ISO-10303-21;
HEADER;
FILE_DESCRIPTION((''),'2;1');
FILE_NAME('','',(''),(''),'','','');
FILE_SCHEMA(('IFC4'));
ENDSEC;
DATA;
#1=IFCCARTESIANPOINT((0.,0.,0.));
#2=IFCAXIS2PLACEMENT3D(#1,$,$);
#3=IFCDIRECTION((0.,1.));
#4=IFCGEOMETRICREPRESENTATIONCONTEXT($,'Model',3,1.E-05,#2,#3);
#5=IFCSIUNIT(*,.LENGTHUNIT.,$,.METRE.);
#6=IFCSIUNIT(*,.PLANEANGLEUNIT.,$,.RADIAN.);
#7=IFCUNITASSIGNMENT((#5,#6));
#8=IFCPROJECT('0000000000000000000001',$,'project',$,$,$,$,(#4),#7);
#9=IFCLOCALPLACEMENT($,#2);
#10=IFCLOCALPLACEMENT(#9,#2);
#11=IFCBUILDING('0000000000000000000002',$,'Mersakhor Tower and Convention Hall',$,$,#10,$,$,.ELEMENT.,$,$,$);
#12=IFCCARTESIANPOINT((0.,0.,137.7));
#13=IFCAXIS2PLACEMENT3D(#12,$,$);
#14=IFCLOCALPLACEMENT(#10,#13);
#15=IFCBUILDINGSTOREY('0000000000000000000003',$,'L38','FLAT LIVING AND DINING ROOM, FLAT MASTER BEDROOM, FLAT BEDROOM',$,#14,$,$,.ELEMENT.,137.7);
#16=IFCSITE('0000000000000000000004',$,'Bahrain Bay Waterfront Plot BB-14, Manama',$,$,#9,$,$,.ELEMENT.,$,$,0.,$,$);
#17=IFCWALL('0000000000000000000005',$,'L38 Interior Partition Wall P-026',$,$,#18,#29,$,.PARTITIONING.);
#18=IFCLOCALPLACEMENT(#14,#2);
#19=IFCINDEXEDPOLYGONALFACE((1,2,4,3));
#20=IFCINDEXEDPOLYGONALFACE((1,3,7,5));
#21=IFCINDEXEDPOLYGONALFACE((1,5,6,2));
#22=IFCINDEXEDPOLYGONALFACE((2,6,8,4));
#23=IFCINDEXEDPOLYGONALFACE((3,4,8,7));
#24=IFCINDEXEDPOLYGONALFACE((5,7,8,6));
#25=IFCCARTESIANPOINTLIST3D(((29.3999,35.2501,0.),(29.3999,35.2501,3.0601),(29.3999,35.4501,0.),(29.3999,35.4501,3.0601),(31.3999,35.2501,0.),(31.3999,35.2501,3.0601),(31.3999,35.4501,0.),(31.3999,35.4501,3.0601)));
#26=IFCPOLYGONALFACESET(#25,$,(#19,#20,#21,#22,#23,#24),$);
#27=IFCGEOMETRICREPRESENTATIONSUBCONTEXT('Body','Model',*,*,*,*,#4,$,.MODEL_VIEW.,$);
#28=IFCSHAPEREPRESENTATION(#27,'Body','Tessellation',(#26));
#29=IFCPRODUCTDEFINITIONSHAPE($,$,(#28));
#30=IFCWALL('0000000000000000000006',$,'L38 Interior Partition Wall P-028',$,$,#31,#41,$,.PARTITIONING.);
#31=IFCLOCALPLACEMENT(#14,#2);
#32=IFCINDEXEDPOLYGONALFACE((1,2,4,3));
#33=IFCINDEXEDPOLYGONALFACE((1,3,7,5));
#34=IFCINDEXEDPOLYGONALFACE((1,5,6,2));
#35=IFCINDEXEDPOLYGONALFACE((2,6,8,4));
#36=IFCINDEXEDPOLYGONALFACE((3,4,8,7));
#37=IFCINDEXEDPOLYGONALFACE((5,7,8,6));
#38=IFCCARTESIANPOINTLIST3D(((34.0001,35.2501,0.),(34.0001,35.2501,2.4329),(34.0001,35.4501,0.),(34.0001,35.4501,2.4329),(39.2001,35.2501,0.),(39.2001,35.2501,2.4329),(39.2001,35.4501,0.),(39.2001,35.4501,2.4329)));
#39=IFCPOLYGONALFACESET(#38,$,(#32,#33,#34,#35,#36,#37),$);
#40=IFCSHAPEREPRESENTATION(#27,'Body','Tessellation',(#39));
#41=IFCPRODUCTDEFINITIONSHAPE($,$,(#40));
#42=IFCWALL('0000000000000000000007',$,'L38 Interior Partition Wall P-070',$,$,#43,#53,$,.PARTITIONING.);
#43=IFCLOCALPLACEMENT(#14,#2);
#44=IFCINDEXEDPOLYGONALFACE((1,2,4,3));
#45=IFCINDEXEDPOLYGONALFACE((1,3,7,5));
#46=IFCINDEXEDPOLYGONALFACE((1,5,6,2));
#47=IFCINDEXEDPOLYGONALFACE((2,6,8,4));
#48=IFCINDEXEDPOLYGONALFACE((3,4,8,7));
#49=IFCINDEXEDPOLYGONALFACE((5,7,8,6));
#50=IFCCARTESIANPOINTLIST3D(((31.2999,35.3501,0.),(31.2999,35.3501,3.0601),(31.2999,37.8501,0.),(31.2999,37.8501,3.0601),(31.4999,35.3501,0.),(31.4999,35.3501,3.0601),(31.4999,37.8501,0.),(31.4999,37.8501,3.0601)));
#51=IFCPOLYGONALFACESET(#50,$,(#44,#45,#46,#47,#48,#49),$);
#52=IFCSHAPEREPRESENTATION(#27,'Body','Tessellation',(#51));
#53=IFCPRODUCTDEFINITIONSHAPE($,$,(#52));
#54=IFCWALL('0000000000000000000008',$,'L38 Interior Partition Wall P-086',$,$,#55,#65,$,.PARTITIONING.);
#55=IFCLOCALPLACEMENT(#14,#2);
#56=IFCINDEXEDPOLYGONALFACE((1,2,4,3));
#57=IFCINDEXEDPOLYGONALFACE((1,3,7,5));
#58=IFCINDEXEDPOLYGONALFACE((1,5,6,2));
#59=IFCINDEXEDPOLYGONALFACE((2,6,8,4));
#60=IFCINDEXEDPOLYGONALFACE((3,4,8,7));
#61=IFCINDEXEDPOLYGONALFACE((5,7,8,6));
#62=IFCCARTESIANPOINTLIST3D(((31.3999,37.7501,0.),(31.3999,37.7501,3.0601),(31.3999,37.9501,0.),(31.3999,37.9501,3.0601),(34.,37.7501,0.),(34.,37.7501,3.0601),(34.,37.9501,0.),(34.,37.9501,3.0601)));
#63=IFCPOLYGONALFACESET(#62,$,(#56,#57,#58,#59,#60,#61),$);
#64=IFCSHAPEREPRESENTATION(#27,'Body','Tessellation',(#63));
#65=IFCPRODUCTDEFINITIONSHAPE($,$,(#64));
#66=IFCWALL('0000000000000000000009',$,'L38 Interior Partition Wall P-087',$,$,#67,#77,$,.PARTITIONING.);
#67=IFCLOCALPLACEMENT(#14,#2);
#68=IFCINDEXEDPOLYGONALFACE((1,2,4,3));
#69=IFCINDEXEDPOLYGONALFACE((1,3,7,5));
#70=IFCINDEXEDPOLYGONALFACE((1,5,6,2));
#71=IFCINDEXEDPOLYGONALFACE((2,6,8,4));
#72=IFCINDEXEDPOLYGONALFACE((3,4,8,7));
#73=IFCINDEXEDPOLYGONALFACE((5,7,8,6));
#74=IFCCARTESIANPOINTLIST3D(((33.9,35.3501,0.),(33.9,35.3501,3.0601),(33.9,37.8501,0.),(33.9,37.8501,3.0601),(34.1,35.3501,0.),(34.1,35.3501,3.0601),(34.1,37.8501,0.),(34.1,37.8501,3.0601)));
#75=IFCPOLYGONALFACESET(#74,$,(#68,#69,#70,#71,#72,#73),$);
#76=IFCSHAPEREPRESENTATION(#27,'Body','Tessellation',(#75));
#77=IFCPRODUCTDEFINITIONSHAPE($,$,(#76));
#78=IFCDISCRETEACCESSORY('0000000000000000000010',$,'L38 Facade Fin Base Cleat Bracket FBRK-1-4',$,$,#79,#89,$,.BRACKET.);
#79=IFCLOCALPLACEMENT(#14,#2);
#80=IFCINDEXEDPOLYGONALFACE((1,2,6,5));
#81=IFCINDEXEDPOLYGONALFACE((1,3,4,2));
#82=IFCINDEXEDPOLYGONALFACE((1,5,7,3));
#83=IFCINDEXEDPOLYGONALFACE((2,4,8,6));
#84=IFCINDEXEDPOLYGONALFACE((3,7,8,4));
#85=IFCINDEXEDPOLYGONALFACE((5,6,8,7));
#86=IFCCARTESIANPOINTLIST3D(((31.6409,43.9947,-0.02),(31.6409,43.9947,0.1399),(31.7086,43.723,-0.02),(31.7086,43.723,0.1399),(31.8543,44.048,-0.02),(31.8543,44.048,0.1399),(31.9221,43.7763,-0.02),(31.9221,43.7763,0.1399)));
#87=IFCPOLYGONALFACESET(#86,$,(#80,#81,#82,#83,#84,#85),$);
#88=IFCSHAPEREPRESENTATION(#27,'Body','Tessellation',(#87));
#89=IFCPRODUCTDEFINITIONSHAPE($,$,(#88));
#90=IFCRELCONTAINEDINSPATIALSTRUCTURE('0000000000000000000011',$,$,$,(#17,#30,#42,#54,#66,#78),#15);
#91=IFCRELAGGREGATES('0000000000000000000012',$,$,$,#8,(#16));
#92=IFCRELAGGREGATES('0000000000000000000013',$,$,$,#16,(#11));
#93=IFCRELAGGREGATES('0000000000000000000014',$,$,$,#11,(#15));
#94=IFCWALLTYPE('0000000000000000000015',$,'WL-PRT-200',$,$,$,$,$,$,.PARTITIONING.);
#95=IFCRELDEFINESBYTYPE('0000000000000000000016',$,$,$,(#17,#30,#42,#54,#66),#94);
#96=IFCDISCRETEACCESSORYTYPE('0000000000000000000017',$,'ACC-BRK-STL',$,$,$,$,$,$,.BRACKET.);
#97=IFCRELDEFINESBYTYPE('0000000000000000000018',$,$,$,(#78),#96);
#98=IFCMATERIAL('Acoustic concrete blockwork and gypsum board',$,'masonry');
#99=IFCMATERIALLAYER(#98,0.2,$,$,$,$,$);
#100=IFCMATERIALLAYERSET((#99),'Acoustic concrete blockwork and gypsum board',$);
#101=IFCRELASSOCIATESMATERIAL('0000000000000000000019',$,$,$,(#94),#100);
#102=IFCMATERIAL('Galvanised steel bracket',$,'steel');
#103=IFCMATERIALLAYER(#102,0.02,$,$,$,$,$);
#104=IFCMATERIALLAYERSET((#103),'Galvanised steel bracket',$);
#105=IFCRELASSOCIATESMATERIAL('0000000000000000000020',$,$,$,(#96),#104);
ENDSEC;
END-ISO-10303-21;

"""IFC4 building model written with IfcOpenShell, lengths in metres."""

from ifc_helpers import new_model, si_unit, direction, frame, frame_2d, origin, origin_2d, place, context, subcontext, project, spatial, rectangle, extrude, material, layer, layer_set, type_object, element, save


model = new_model("IFC4")

# Units and contexts
model_context = context("Model", 3, precision=1e-05, world=origin(), true_north=direction((0.0, 1.0)))
body_context = subcontext(model_context, "Body", "Model", "MODEL_VIEW")
ifc_project = project(units=[si_unit("LENGTHUNIT", "METRE"), si_unit("PLANEANGLEUNIT", "RADIAN")], contexts=[model_context])

# Site, building, storey
site_placement = place(None, origin())
site = spatial("IfcSite", under=ifc_project, at=site_placement, Name="Bahrain Bay Waterfront Plot BB-14, Manama", CompositionType="ELEMENT", RefElevation=0.0)
building_placement = place(site_placement, origin())
building = spatial("IfcBuilding", under=site, at=building_placement, Name="Mersakhor Tower and Convention Hall", CompositionType="ELEMENT")
storey_placement = place(building_placement, frame((0.0, 0.0, 137.7)))
storey = spatial("IfcBuildingStorey", under=building, at=storey_placement, Name="L38", Description="FLAT LIVING AND DINING ROOM, FLAT MASTER BEDROOM, FLAT BEDROOM", CompositionType="ELEMENT", Elevation=137.7)

# Wall
ifc_material_1 = material(Name="Acoustic concrete blockwork and gypsum board", Category="masonry")
ifc_layer_1 = layer(ifc_material_1, 0.2)
ifc_layer_set_1 = layer_set([ifc_layer_1], Name="Acoustic concrete blockwork and gypsum board")
wall_type_1 = type_object("IfcWallType", Name="WL-PRT-200", PredefinedType="PARTITIONING", material=ifc_layer_set_1)
wall_1_placement = place(storey_placement, frame((29.3999, 35.3501, 0.0), z_axis=(0.0, 0.0, 1.0), x_axis=(1.0, 0.0, 0.0)))
element("IfcWall", 1, at=wall_1_placement, inside=storey, type_object=wall_type_1, Name="L38 Interior Partition Wall P-026", PredefinedType="PARTITIONING", context=body_context, shape_type="SweptSolid", body=[
    extrude(rectangle(XDim=2.0, YDim=0.2, at=frame_2d((1.0, 0.0))), origin(), (0.0, 0.0, 1.0), 3.0601),
])

# Walls
wall_2_placement = place(storey_placement, frame((34.0, 35.3501, 0.0), z_axis=(0.0, 0.0, 1.0), x_axis=(1.0, 0.0, 0.0)))
element("IfcWall", 2, at=wall_2_placement, inside=storey, type_object=wall_type_1, Name="L38 Interior Partition Wall P-028", PredefinedType="PARTITIONING", context=body_context, shape_type="SweptSolid", body=[
    extrude(rectangle(XDim=5.2, YDim=0.2, at=frame_2d((2.6001, 0.0))), origin(), (0.0, 0.0, 1.0), 2.4329),
])
wall_3_placement = place(storey_placement, frame((31.3999, 37.8501, 0.0), z_axis=(0.0, 0.0, 1.0), x_axis=(0.0, -1.0, 0.0)))
element("IfcWall", 3, at=wall_3_placement, inside=storey, type_object=wall_type_1, Name="L38 Interior Partition Wall P-070", PredefinedType="PARTITIONING", context=body_context, shape_type="SweptSolid", body=[
    extrude(rectangle(XDim=2.5, YDim=0.2, at=frame_2d((1.25, 0.0))), origin(), (0.0, 0.0, 1.0), 3.0601),
])
wall_4_placement = place(storey_placement, frame((31.3999, 37.8501, 0.0), z_axis=(0.0, 0.0, 1.0), x_axis=(1.0, 0.0, 0.0)))
element("IfcWall", 4, at=wall_4_placement, inside=storey, type_object=wall_type_1, Name="L38 Interior Partition Wall P-086", PredefinedType="PARTITIONING", context=body_context, shape_type="SweptSolid", body=[
    extrude(rectangle(XDim=2.6001, YDim=0.2, at=frame_2d((1.3, 0.0))), origin(), (0.0, 0.0, 1.0), 3.0601),
])
wall_5_placement = place(storey_placement, frame((34.0, 37.8501, 0.0), z_axis=(0.0, 0.0, 1.0), x_axis=(0.0, -1.0, 0.0)))
element("IfcWall", 5, at=wall_5_placement, inside=storey, type_object=wall_type_1, Name="L38 Interior Partition Wall P-087", PredefinedType="PARTITIONING", context=body_context, shape_type="SweptSolid", body=[
    extrude(rectangle(XDim=2.5, YDim=0.2, at=frame_2d((1.25, 0.0))), origin(), (0.0, 0.0, 1.0), 3.0601),
])

# Discrete accessory
ifc_material_2 = material(Name="Galvanised steel bracket", Category="steel")
ifc_layer_2 = layer(ifc_material_2, 0.02)
ifc_layer_set_2 = layer_set([ifc_layer_2], Name="Galvanised steel bracket")
discrete_accessory_type = type_object("IfcDiscreteAccessoryType", Name="ACC-BRK-STL", PredefinedType="BRACKET", material=ifc_layer_set_2)
discrete_accessory_placement = place(storey_placement, frame((31.7815, 43.8855, -0.02), z_axis=(0.0, 0.0, 1.0), x_axis=(-0.241922, 0.970296, 0.0)))
element("IfcDiscreteAccessory", 6, at=discrete_accessory_placement, inside=storey, type_object=discrete_accessory_type, Name="L38 Facade Fin Base Cleat Bracket FBRK-1-4", PredefinedType="BRACKET", context=body_context, shape_type="SweptSolid", body=[
    extrude(rectangle(XDim=0.28, YDim=0.22, at=origin_2d()), origin(), (0.0, 0.0, 1.0), 0.1599),
])

save(model, "model.ifc")
